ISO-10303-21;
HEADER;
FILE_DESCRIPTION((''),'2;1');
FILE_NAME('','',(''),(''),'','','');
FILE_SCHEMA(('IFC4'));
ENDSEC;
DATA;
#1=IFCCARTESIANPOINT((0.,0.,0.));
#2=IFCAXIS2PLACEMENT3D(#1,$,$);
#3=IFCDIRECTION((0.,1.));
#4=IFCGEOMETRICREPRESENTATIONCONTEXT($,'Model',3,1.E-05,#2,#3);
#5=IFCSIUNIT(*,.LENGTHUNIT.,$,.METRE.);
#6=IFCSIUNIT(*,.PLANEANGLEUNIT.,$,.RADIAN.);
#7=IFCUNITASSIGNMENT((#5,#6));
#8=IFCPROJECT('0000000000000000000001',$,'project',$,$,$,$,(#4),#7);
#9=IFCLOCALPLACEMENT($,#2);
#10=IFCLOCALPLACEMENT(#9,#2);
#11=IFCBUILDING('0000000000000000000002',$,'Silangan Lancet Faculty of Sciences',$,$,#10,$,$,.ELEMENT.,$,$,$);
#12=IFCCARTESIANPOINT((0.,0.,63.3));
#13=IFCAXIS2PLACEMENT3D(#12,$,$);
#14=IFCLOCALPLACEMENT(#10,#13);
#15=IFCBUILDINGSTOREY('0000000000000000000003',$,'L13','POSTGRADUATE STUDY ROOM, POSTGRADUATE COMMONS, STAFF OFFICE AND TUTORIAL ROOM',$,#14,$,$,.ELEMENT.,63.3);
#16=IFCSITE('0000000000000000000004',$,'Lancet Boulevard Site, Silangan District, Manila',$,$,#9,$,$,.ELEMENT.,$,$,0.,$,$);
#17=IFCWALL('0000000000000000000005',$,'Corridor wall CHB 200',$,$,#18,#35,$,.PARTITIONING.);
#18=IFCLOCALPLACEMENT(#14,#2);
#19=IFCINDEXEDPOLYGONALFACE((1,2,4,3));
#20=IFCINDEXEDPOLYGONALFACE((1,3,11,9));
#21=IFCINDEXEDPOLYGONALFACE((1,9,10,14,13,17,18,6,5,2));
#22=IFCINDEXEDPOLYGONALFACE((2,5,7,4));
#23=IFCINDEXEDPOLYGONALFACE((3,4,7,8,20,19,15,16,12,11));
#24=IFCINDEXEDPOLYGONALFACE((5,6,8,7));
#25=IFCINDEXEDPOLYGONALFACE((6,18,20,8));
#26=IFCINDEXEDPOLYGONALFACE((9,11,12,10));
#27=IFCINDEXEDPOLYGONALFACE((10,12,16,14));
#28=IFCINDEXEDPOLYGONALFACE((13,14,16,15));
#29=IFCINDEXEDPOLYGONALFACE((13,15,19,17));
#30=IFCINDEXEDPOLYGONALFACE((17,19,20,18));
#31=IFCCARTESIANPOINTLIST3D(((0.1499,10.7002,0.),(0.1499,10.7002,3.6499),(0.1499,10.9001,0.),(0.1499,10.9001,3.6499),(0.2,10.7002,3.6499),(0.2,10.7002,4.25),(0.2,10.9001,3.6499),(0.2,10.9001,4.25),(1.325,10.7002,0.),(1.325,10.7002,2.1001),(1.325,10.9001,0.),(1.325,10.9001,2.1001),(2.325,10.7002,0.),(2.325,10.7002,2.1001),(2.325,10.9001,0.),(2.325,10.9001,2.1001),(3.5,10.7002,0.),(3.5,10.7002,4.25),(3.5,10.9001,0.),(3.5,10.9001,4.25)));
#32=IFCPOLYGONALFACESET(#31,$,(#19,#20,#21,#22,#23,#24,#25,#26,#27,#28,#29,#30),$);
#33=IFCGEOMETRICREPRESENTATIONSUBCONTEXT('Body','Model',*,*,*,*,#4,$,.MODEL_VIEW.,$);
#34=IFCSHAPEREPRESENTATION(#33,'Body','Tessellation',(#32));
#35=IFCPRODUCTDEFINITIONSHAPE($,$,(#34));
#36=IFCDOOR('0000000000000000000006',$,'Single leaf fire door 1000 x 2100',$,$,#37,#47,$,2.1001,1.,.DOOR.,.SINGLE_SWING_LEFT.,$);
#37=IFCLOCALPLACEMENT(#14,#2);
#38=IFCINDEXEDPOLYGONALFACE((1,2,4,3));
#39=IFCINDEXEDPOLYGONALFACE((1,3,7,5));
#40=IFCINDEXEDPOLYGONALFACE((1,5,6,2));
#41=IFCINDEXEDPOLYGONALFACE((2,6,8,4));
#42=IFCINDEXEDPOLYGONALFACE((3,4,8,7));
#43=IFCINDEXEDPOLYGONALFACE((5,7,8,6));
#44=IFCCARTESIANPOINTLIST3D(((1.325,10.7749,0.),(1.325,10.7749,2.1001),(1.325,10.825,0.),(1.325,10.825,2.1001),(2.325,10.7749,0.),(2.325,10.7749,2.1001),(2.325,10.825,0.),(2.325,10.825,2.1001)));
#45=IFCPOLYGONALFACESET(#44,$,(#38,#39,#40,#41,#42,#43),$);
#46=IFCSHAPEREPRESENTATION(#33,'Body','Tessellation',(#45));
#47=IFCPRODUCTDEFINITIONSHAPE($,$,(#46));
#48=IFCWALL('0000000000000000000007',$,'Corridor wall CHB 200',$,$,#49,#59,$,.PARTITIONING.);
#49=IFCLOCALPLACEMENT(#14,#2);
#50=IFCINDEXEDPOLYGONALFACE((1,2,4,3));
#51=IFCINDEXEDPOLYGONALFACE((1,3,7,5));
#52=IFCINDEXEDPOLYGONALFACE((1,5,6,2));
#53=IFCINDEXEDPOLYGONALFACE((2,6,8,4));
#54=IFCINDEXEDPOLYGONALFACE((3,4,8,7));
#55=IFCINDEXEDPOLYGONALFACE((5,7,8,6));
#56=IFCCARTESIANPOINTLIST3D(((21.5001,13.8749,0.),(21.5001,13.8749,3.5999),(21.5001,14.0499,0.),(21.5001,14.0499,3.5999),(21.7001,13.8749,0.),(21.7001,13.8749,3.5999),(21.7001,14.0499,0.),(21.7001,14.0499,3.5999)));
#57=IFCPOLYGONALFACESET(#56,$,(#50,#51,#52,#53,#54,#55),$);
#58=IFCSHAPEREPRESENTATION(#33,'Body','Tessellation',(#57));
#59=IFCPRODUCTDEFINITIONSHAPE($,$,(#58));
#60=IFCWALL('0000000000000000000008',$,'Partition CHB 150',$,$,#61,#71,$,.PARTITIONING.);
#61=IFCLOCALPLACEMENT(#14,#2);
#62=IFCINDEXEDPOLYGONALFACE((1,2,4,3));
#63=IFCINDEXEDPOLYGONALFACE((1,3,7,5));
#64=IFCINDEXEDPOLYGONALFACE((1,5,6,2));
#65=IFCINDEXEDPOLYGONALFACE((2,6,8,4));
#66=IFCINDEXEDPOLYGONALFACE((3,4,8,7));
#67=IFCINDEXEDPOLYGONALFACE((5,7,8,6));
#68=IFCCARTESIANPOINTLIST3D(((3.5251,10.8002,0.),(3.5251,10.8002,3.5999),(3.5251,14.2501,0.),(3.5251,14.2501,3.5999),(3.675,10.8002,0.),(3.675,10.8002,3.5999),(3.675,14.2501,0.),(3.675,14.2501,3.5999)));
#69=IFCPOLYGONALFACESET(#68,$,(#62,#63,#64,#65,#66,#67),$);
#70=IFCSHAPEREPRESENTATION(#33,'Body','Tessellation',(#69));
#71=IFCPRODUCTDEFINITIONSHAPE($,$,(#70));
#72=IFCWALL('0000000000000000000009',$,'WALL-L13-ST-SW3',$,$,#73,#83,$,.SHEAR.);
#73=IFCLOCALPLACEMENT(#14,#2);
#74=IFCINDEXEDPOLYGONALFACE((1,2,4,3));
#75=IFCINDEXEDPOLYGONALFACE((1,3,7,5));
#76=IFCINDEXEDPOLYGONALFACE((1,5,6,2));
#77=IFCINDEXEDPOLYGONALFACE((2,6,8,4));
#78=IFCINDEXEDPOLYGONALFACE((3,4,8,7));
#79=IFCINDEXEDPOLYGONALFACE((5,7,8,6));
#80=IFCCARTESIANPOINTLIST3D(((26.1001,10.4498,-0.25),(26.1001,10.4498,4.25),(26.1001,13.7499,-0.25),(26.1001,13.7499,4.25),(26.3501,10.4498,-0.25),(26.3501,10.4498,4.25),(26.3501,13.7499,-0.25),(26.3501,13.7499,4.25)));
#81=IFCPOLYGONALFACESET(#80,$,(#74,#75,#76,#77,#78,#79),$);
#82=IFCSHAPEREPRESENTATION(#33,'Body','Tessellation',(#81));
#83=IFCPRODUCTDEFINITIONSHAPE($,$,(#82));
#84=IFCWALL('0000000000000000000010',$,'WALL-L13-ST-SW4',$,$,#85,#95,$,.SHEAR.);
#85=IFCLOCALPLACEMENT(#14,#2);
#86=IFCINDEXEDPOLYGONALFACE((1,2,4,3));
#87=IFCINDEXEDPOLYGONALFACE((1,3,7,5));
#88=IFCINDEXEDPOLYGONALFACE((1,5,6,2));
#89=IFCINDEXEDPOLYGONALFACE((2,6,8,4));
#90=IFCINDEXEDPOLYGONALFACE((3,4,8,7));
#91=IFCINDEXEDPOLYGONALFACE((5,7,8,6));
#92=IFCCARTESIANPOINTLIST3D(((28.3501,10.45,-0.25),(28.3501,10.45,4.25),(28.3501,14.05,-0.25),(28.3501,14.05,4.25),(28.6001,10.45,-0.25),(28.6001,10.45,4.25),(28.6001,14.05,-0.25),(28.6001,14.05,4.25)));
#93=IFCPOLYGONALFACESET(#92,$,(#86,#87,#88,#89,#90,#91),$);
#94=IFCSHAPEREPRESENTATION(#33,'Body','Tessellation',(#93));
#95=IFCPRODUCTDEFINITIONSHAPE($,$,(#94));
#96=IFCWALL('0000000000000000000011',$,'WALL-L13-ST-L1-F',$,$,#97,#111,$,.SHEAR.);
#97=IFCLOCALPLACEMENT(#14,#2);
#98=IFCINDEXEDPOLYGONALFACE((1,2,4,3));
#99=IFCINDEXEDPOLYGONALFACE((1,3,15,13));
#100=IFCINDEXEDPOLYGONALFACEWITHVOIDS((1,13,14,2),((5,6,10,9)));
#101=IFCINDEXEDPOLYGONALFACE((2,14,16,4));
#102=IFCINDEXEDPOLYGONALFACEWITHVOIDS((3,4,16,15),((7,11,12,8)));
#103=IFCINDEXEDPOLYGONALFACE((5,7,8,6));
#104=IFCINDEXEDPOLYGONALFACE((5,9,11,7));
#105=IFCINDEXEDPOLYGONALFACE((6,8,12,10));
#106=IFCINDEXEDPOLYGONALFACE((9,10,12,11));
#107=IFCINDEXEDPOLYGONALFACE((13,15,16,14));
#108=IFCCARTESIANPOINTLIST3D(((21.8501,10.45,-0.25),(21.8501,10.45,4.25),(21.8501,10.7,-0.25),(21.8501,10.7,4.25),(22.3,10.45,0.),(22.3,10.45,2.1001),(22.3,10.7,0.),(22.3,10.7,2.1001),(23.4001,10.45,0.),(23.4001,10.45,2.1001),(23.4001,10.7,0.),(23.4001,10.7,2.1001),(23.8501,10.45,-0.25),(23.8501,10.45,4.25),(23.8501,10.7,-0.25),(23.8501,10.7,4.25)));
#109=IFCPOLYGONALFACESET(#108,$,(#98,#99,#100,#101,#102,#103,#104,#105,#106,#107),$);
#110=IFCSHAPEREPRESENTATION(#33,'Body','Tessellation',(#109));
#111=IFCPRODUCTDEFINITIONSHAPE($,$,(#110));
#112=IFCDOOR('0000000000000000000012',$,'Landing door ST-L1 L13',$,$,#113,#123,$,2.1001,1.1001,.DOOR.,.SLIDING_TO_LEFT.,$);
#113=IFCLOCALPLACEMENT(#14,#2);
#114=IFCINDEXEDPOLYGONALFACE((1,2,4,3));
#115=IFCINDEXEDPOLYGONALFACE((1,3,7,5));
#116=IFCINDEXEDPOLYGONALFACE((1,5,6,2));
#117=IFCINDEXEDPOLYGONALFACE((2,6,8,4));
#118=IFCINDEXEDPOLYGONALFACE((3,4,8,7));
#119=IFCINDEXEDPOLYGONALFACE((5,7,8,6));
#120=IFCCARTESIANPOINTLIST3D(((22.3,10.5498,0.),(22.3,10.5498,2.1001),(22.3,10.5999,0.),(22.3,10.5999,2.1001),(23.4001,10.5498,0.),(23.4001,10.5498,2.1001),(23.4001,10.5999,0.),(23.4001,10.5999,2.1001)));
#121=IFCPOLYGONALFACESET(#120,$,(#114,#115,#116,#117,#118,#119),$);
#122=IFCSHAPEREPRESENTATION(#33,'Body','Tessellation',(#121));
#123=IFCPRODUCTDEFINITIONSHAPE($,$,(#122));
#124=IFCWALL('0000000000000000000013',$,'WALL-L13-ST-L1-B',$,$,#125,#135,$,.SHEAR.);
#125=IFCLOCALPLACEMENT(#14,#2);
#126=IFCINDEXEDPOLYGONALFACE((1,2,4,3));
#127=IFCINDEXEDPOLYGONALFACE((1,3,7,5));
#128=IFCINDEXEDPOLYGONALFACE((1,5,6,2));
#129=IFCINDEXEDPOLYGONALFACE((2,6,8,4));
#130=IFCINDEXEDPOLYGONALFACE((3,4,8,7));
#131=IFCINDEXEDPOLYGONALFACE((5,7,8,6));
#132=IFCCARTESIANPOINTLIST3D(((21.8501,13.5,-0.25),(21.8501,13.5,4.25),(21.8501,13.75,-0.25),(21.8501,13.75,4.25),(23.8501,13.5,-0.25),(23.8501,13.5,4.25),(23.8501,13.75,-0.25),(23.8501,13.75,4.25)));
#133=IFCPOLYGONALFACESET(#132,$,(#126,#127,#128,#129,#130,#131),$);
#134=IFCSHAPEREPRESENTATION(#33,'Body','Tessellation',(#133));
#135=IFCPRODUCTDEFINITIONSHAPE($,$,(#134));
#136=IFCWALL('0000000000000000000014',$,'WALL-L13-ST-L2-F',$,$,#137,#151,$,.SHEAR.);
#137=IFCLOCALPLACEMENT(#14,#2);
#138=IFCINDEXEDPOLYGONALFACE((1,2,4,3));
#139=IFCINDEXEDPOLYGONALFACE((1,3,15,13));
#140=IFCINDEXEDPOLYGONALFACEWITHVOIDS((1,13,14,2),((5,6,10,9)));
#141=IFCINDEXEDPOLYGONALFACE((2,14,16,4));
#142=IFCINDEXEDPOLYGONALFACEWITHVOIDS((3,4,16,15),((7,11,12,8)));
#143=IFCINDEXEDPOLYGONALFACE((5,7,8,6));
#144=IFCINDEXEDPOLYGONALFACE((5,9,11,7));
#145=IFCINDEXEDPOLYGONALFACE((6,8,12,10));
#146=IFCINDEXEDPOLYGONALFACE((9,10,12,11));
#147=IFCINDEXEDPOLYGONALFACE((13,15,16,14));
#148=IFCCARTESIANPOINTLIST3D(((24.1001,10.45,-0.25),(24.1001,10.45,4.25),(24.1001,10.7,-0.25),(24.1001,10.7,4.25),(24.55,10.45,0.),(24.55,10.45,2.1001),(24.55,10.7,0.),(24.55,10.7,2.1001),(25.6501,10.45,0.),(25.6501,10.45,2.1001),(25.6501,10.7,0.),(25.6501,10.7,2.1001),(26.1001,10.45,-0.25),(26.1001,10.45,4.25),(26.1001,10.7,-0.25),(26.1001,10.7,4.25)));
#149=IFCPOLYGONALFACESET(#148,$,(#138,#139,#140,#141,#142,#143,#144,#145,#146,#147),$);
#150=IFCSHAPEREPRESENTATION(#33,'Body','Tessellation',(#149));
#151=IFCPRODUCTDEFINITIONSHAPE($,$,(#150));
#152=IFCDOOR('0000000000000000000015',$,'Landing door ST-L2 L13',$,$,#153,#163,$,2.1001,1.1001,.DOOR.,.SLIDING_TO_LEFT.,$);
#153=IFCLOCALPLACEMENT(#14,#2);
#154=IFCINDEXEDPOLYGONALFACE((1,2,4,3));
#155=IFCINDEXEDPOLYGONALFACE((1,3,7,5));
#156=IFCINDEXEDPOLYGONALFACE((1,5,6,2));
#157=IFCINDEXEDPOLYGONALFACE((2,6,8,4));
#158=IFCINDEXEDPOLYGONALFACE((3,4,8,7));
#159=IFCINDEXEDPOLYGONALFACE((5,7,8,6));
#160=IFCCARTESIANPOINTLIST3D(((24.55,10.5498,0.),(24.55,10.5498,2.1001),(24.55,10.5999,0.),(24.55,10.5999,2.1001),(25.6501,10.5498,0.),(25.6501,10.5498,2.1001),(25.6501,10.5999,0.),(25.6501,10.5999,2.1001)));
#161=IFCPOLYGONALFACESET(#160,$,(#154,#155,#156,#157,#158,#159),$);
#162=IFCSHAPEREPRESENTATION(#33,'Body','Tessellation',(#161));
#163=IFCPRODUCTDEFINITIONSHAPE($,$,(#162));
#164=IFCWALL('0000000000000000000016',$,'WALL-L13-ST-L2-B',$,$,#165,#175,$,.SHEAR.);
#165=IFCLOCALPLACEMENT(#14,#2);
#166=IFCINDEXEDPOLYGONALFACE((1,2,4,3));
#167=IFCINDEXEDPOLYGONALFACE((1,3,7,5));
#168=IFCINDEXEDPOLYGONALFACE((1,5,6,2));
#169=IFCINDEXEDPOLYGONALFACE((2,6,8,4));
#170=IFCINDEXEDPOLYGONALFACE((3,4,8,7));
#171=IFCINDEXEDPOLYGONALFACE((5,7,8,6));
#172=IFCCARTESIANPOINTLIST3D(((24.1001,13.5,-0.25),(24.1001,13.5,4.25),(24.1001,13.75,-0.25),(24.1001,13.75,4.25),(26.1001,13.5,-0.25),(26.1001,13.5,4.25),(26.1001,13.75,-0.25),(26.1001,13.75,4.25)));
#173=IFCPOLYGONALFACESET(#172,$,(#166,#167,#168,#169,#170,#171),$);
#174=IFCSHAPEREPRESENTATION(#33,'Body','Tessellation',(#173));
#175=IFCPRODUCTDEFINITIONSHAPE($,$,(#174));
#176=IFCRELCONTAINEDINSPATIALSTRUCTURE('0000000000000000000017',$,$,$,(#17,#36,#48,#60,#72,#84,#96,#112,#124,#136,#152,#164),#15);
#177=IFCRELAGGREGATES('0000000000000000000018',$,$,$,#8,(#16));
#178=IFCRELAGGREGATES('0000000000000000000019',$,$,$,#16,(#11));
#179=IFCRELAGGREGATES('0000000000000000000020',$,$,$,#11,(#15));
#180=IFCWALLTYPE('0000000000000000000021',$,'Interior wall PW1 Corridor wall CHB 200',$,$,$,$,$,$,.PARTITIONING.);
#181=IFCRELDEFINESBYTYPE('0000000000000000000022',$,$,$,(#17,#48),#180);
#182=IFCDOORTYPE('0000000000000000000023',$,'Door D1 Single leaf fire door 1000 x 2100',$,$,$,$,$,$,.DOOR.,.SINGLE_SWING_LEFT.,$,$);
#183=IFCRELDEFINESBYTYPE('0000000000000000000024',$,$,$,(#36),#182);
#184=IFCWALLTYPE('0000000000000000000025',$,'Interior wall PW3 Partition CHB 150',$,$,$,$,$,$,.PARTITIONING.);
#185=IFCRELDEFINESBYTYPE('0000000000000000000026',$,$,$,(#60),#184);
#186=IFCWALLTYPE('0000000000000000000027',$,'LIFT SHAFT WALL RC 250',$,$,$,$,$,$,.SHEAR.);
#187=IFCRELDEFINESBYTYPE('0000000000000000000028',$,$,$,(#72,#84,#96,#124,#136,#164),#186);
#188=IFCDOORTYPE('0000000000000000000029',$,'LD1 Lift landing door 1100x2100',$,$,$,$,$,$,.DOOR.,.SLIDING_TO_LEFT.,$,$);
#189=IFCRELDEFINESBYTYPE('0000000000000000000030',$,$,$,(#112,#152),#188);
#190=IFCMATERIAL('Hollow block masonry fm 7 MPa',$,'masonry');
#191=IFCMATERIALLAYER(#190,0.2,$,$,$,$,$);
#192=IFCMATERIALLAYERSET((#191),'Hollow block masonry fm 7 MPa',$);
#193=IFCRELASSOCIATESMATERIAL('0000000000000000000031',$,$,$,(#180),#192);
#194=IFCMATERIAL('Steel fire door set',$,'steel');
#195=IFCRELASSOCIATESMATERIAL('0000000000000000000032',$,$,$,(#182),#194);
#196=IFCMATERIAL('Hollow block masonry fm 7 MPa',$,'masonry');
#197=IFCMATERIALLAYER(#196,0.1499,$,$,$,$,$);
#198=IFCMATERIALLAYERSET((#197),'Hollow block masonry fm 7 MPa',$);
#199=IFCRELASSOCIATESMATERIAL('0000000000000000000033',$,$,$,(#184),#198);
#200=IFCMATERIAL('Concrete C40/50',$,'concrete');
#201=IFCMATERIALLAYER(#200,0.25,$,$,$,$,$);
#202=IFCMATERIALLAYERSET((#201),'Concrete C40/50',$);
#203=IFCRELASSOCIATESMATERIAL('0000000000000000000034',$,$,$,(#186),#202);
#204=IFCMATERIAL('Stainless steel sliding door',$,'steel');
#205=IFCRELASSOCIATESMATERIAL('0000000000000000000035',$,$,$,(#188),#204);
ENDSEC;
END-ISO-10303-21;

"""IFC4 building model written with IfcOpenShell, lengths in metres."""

from ifc_helpers import new_model, si_unit, direction, frame, frame_2d, origin, place, context, subcontext, project, spatial, polyline, rectangle, outline, extrude, material, layer, layer_set, type_object, element, fill, save


model = new_model("IFC4")

# Units and contexts
model_context = context("Model", 3, precision=1e-05, world=origin(), true_north=direction((0.0, 1.0)))
body_context = subcontext(model_context, "Body", "Model", "MODEL_VIEW")
ifc_project = project(units=[si_unit("LENGTHUNIT", "METRE"), si_unit("PLANEANGLEUNIT", "RADIAN")], contexts=[model_context])

# Site, building, storey
site_placement = place(None, origin())
site = spatial("IfcSite", under=ifc_project, at=site_placement, Name="Lancet Boulevard Site, Silangan District, Manila", CompositionType="ELEMENT", RefElevation=0.0)
building_placement = place(site_placement, origin())
building = spatial("IfcBuilding", under=site, at=building_placement, Name="Silangan Lancet Faculty of Sciences", CompositionType="ELEMENT")
storey_placement = place(building_placement, frame((0.0, 0.0, 63.3)))
storey = spatial("IfcBuildingStorey", under=building, at=storey_placement, Name="L13", Description="POSTGRADUATE STUDY ROOM, POSTGRADUATE COMMONS, STAFF OFFICE AND TUTORIAL ROOM", CompositionType="ELEMENT", Elevation=63.3)

# Wall, opening, door
ifc_material_1 = material(Name="Hollow block masonry fm 7 MPa", Category="masonry")
ifc_layer_1 = layer(ifc_material_1, 0.2)
ifc_layer_set_1 = layer_set([ifc_layer_1], Name="Hollow block masonry fm 7 MPa")
wall_type_1 = type_object("IfcWallType", Name="Interior wall PW1 Corridor wall CHB 200", PredefinedType="PARTITIONING", material=ifc_layer_set_1)
wall_1_placement = place(storey_placement, frame((0.1499, 10.8, 0.0), z_axis=(0.0, 0.0, 1.0), x_axis=(1.0, 0.0, 0.0)))
wall_1 = element("IfcWall", 1, at=wall_1_placement, inside=storey, type_object=wall_type_1, Name="Corridor wall CHB 200", PredefinedType="PARTITIONING", context=body_context, shape_type="SweptSolid", body=[
    extrude(outline(polyline([(0.0, 0.0), (3.3501, 0.0), (3.3501, 4.25), (0.05, 4.25), (0.05, 3.6499), (0.0, 3.6499), (0.0, 0.0)])), frame((0.0, 0.1001, 0.0), z_axis=(0.0, -1.0, 0.0), x_axis=(1.0, 0.0, 0.0)), (0.0, 0.0, 1.0), 0.2),
])
opening_1_placement = place(wall_1_placement, frame((1.175, 0.0, 0.0)))
opening_1 = element("IfcOpeningElement", 2, at=opening_1_placement, cuts=wall_1, PredefinedType="OPENING", context=body_context, shape_type="SweptSolid", body=[
    extrude(rectangle(XDim=1.0, YDim=2.1001, at=frame_2d((0.5, 1.05))), frame((0.0, 0.1099, 0.0), z_axis=(0.0, -1.0, 0.0), x_axis=(1.0, 0.0, 0.0)), (0.0, 0.0, 1.0), 0.22),
])
ifc_material_2 = material(Name="Steel fire door set", Category="steel")
door_type_1 = type_object("IfcDoorType", Name="Door D1 Single leaf fire door 1000 x 2100", OperationType="SINGLE_SWING_LEFT", PredefinedType="DOOR", material=ifc_material_2)
door_1_placement = place(opening_1_placement, origin())
door_1 = element("IfcDoor", 3, at=door_1_placement, inside=storey, type_object=door_type_1, Name="Single leaf fire door 1000 x 2100", OperationType="SINGLE_SWING_LEFT", OverallHeight=2.1001, OverallWidth=1.0, PredefinedType="DOOR", context=body_context, shape_type="SweptSolid", body=[
    extrude(rectangle(XDim=1.0, YDim=2.1001, at=frame_2d((0.5, 1.05))), frame((0.0, 0.0249, 0.0), z_axis=(0.0, -1.0, 0.0), x_axis=(1.0, 0.0, 0.0)), (0.0, 0.0, 1.0), 0.05),
])
fill(opening_1, door_1)

# Walls
wall_2_placement = place(storey_placement, frame((21.6001, 13.875, 0.0), z_axis=(0.0, 0.0, 1.0), x_axis=(0.0, 1.0, 0.0)))
element("IfcWall", 4, at=wall_2_placement, inside=storey, type_object=wall_type_1, Name="Corridor wall CHB 200", PredefinedType="PARTITIONING", context=body_context, shape_type="SweptSolid", body=[
    extrude(rectangle(XDim=0.175, YDim=0.2, at=frame_2d((0.0874, 0.0))), origin(), (0.0, 0.0, 1.0), 3.5999),
])
ifc_material_3 = material(Name="Hollow block masonry fm 7 MPa", Category="masonry")
ifc_layer_2 = layer(ifc_material_3, 0.1499)
ifc_layer_set_2 = layer_set([ifc_layer_2], Name="Hollow block masonry fm 7 MPa")
wall_type_2 = type_object("IfcWallType", Name="Interior wall PW3 Partition CHB 150", PredefinedType="PARTITIONING", material=ifc_layer_set_2)
wall_3_placement = place(storey_placement, frame((3.6001, 10.8, 0.0), z_axis=(0.0, 0.0, 1.0), x_axis=(0.0, 1.0, 0.0)))
element("IfcWall", 5, at=wall_3_placement, inside=storey, type_object=wall_type_2, Name="Partition CHB 150", PredefinedType="PARTITIONING", context=body_context, shape_type="SweptSolid", body=[
    extrude(rectangle(XDim=3.45, YDim=0.1499, at=frame_2d((1.7251, 0.0))), origin(), (0.0, 0.0, 1.0), 3.5999),
])
ifc_material_4 = material(Name="Concrete C40/50", Category="concrete")
ifc_layer_3 = layer(ifc_material_4, 0.25)
ifc_layer_set_3 = layer_set([ifc_layer_3], Name="Concrete C40/50")
wall_type_3 = type_object("IfcWallType", Name="LIFT SHAFT WALL RC 250", PredefinedType="SHEAR", material=ifc_layer_set_3)
wall_4_placement = place(storey_placement, frame((26.2251, 10.45, -0.25), z_axis=(0.0, 0.0, 1.0), x_axis=(0.0, 1.0, 0.0)))
element("IfcWall", 6, at=wall_4_placement, inside=storey, type_object=wall_type_3, Name="WALL-L13-ST-SW3", PredefinedType="SHEAR", context=body_context, shape_type="SweptSolid", body=[
    extrude(rectangle(XDim=3.3, YDim=0.25, at=frame_2d((1.6499, 0.0))), origin(), (0.0, 0.0, 1.0), 4.5),
])
wall_5_placement = place(storey_placement, frame((28.4751, 10.45, -0.25), z_axis=(0.0, 0.0, 1.0), x_axis=(0.0, 1.0, 0.0)))
element("IfcWall", 7, at=wall_5_placement, inside=storey, type_object=wall_type_3, Name="WALL-L13-ST-SW4", PredefinedType="SHEAR", context=body_context, shape_type="SweptSolid", body=[
    extrude(rectangle(XDim=3.6001, YDim=0.25, at=frame_2d((1.8, 0.0))), origin(), (0.0, 0.0, 1.0), 4.5),
])

# Wall, opening, door
wall_6_placement = place(storey_placement, frame((21.8501, 10.575, -0.25), z_axis=(0.0, 0.0, 1.0), x_axis=(1.0, 0.0, 0.0)))
wall_6 = element("IfcWall", 8, at=wall_6_placement, inside=storey, type_object=wall_type_3, Name="WALL-L13-ST-L1-F", PredefinedType="SHEAR", context=body_context, shape_type="SweptSolid", body=[
    extrude(rectangle(XDim=2.0, YDim=0.25, at=frame_2d((1.0, 0.0))), origin(), (0.0, 0.0, 1.0), 4.5),
])
opening_2_placement = place(wall_6_placement, frame((0.45, 0.0, 0.25)))
opening_2 = element("IfcOpeningElement", 9, at=opening_2_placement, cuts=wall_6, PredefinedType="OPENING", context=body_context, shape_type="SweptSolid", body=[
    extrude(rectangle(XDim=1.1001, YDim=2.1001, at=frame_2d((0.55, 1.05))), frame((0.0, 0.135, 0.0), z_axis=(0.0, -1.0, 0.0), x_axis=(1.0, 0.0, 0.0)), (0.0, 0.0, 1.0), 0.27),
])
ifc_material_5 = material(Name="Stainless steel sliding door", Category="steel")
door_type_2 = type_object("IfcDoorType", Name="LD1 Lift landing door 1100x2100", OperationType="SLIDING_TO_LEFT", PredefinedType="DOOR", material=ifc_material_5)
door_2_placement = place(opening_2_placement, origin())
door_2 = element("IfcDoor", 10, at=door_2_placement, inside=storey, type_object=door_type_2, Name="Landing door ST-L1 L13", OperationType="SLIDING_TO_LEFT", OverallHeight=2.1001, OverallWidth=1.1001, PredefinedType="DOOR", context=body_context, shape_type="SweptSolid", body=[
    extrude(rectangle(XDim=1.1001, YDim=2.1001, at=frame_2d((0.55, 1.05))), frame((0.0, 0.0249, 0.0), z_axis=(0.0, -1.0, 0.0), x_axis=(1.0, 0.0, 0.0)), (0.0, 0.0, 1.0), 0.05),
])
fill(opening_2, door_2)

# Wall
wall_7_placement = place(storey_placement, frame((21.8501, 13.625, -0.25), z_axis=(0.0, 0.0, 1.0), x_axis=(1.0, 0.0, 0.0)))
element("IfcWall", 11, at=wall_7_placement, inside=storey, type_object=wall_type_3, Name="WALL-L13-ST-L1-B", PredefinedType="SHEAR", context=body_context, shape_type="SweptSolid", body=[
    extrude(rectangle(XDim=2.0, YDim=0.25, at=frame_2d((1.0, 0.0))), origin(), (0.0, 0.0, 1.0), 4.5),
])

# Wall, opening, door
wall_8_placement = place(storey_placement, frame((24.1001, 10.575, -0.25), z_axis=(0.0, 0.0, 1.0), x_axis=(1.0, 0.0, 0.0)))
wall_8 = element("IfcWall", 12, at=wall_8_placement, inside=storey, type_object=wall_type_3, Name="WALL-L13-ST-L2-F", PredefinedType="SHEAR", context=body_context, shape_type="SweptSolid", body=[
    extrude(rectangle(XDim=2.0, YDim=0.25, at=frame_2d((1.0, 0.0))), origin(), (0.0, 0.0, 1.0), 4.5),
])
opening_3_placement = place(wall_8_placement, frame((0.45, 0.0, 0.25)))
opening_3 = element("IfcOpeningElement", 13, at=opening_3_placement, cuts=wall_8, PredefinedType="OPENING", context=body_context, shape_type="SweptSolid", body=[
    extrude(rectangle(XDim=1.1001, YDim=2.1001, at=frame_2d((0.55, 1.05))), frame((0.0, 0.135, 0.0), z_axis=(0.0, -1.0, 0.0), x_axis=(1.0, 0.0, 0.0)), (0.0, 0.0, 1.0), 0.27),
])
door_3_placement = place(opening_3_placement, origin())
door_3 = element("IfcDoor", 14, at=door_3_placement, inside=storey, type_object=door_type_2, Name="Landing door ST-L2 L13", OperationType="SLIDING_TO_LEFT", OverallHeight=2.1001, OverallWidth=1.1001, PredefinedType="DOOR", context=body_context, shape_type="SweptSolid", body=[
    extrude(rectangle(XDim=1.1001, YDim=2.1001, at=frame_2d((0.55, 1.05))), frame((0.0, 0.0249, 0.0), z_axis=(0.0, -1.0, 0.0), x_axis=(1.0, 0.0, 0.0)), (0.0, 0.0, 1.0), 0.05),
])
fill(opening_3, door_3)

# Wall
wall_9_placement = place(storey_placement, frame((24.1001, 13.625, -0.25), z_axis=(0.0, 0.0, 1.0), x_axis=(1.0, 0.0, 0.0)))
element("IfcWall", 15, at=wall_9_placement, inside=storey, type_object=wall_type_3, Name="WALL-L13-ST-L2-B", PredefinedType="SHEAR", context=body_context, shape_type="SweptSolid", body=[
    extrude(rectangle(XDim=2.0, YDim=0.25, at=frame_2d((1.0, 0.0))), origin(), (0.0, 0.0, 1.0), 4.5),
])

save(model, "model.ifc")
